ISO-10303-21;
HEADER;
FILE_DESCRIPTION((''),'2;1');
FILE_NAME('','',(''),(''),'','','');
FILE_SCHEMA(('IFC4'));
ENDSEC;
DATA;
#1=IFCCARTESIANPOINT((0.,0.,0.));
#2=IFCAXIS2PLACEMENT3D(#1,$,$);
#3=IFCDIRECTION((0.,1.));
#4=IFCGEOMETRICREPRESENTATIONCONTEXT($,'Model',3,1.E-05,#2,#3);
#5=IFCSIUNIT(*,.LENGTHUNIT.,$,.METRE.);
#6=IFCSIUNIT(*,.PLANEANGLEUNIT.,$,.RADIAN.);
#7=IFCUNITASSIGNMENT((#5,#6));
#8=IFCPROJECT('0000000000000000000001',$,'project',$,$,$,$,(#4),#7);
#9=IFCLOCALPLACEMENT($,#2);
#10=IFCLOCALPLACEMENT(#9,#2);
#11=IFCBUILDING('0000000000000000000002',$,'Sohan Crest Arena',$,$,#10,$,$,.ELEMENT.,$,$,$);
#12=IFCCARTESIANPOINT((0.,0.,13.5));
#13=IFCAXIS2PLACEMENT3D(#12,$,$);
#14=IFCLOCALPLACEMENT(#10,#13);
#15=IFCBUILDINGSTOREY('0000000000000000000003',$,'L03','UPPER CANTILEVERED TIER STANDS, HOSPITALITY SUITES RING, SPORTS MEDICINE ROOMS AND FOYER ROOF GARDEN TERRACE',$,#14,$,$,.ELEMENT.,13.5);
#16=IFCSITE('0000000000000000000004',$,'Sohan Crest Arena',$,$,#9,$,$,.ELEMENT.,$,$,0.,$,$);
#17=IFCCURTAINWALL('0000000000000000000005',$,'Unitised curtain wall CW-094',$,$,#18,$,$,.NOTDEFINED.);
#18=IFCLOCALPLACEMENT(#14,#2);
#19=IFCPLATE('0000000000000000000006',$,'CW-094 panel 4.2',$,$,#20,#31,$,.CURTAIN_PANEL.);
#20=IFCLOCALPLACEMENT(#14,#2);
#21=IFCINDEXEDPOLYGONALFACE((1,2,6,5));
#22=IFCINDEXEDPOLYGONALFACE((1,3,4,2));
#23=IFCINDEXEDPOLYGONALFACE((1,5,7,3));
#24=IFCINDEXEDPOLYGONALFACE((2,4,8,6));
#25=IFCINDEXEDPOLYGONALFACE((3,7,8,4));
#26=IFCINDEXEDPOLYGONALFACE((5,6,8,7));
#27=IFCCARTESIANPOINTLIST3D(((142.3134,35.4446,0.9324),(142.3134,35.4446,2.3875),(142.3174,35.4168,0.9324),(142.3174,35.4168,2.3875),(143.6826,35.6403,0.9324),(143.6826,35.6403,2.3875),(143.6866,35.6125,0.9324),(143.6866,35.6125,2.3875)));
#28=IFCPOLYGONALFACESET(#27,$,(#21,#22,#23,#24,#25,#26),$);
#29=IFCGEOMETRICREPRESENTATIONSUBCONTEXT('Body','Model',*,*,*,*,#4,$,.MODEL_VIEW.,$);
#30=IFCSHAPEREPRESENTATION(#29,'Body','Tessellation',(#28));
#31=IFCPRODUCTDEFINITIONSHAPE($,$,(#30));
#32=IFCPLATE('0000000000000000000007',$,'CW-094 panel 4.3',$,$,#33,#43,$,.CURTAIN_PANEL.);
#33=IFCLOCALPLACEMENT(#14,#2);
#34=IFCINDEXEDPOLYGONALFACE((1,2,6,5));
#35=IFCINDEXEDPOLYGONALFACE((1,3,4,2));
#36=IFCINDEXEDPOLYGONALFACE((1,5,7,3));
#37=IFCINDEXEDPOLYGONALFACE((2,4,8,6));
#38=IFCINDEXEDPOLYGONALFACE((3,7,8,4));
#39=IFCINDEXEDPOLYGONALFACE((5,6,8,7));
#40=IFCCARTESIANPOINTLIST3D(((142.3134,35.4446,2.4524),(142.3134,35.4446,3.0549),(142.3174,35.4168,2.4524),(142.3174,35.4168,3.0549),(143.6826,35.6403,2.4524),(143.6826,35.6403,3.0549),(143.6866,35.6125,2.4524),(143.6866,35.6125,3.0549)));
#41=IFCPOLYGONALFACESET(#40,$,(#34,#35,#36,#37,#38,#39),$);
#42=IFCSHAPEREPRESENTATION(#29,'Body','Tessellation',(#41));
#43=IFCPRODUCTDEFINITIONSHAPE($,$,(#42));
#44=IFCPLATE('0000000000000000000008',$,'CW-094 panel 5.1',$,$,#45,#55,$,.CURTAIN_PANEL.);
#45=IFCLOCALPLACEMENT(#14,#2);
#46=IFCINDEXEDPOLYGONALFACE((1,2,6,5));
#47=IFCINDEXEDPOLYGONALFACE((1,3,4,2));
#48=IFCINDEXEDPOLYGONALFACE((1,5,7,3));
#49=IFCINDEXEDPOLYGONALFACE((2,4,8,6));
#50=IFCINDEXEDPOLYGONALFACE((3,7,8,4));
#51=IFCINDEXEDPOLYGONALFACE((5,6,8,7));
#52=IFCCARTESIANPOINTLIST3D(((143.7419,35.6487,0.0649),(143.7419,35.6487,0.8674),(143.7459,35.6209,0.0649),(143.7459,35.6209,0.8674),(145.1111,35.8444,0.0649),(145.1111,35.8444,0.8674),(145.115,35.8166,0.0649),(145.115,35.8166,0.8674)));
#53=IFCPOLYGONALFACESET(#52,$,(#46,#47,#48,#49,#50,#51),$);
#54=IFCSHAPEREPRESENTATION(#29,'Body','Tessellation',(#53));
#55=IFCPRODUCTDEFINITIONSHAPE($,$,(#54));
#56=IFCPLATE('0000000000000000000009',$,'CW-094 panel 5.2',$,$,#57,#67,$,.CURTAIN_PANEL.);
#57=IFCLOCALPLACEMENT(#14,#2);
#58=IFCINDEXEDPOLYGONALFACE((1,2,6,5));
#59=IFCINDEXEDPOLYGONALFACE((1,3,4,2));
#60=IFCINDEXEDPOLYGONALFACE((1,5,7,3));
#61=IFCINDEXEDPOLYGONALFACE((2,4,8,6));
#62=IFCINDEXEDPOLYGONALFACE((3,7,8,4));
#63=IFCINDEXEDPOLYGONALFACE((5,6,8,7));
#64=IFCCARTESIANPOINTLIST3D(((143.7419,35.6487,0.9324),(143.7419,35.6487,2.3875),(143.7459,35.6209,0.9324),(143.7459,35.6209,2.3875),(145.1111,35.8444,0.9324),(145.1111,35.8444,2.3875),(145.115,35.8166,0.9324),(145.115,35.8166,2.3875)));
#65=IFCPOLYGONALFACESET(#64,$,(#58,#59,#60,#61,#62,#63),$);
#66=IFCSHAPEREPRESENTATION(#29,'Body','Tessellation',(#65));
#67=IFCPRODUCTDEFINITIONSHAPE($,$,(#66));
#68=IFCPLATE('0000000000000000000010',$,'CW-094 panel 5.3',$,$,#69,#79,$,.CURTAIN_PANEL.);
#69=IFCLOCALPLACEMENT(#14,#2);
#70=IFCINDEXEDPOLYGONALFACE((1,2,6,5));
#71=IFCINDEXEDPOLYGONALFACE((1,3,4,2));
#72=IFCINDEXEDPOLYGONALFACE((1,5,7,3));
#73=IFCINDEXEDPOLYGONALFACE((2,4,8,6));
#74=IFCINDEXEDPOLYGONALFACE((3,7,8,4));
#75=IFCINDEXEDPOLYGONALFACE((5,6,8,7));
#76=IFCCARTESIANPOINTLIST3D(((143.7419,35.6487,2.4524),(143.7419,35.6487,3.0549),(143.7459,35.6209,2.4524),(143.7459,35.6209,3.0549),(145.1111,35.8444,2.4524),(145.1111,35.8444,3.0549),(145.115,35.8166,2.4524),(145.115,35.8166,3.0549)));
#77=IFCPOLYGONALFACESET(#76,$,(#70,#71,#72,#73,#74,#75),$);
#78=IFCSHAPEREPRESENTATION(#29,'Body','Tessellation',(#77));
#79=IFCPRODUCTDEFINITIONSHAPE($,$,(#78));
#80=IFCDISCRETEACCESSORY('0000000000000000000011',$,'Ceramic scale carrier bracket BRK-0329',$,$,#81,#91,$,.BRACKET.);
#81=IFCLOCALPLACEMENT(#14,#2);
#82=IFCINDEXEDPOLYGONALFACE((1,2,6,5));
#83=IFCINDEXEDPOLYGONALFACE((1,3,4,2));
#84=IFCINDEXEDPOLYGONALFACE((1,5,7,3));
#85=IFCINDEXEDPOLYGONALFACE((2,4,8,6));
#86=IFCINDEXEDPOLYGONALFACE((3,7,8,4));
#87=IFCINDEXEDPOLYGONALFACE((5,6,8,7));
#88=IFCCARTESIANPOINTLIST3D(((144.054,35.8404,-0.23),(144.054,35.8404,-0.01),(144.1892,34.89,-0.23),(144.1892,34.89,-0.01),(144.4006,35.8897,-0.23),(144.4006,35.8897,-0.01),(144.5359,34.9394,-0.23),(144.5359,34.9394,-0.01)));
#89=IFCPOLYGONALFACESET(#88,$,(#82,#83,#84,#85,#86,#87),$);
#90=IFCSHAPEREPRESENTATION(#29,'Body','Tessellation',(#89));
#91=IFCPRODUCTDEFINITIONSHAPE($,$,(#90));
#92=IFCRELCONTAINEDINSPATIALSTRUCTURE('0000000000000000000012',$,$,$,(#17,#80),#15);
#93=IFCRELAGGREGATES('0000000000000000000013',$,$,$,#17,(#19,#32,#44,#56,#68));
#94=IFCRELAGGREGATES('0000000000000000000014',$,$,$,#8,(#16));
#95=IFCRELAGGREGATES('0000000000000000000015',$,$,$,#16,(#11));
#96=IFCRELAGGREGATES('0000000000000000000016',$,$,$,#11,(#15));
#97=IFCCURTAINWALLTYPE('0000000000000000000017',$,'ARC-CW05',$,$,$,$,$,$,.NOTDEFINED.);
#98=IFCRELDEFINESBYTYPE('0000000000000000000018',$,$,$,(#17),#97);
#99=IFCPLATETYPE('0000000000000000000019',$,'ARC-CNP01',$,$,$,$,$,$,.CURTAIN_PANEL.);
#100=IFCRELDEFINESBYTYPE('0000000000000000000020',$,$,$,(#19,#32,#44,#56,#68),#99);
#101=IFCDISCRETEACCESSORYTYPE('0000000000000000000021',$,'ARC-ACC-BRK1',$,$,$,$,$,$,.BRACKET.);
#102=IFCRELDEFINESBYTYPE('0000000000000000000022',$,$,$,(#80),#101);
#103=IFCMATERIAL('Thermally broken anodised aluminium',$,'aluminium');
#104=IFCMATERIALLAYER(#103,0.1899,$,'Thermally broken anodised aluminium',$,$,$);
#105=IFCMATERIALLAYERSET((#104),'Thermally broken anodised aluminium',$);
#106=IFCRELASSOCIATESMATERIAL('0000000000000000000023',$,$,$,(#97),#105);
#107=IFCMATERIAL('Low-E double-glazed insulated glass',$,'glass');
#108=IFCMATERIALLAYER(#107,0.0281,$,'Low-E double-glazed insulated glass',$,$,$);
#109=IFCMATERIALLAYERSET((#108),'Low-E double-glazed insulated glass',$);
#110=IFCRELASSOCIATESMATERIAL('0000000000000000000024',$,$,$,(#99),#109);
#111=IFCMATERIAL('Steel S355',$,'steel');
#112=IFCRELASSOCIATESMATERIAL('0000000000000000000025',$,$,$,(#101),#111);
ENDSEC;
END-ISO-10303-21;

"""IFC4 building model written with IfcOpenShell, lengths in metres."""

from ifc_helpers import new_model, si_unit, direction, frame, origin, origin_2d, place, context, subcontext, project, spatial, rectangle, extrude, material, layer, layer_set, type_object, element, aggregate, save


model = new_model("IFC4")

# Units and contexts
model_context = context("Model", 3, precision=1e-05, world=origin(), true_north=direction((0.0, 1.0)))
body_context = subcontext(model_context, "Body", "Model", "MODEL_VIEW")
ifc_project = project(units=[si_unit("LENGTHUNIT", "METRE"), si_unit("PLANEANGLEUNIT", "RADIAN")], contexts=[model_context])

# Site, building, storey
site_placement = place(None, origin())
site = spatial("IfcSite", under=ifc_project, at=site_placement, Name="Sohan Crest Arena", CompositionType="ELEMENT", RefElevation=0.0)
building_placement = place(site_placement, origin())
building = spatial("IfcBuilding", under=site, at=building_placement, Name="Sohan Crest Arena", CompositionType="ELEMENT")
storey_placement = place(building_placement, frame((0.0, 0.0, 13.5)))
storey = spatial("IfcBuildingStorey", under=building, at=storey_placement, Name="L03", Description="UPPER CANTILEVERED TIER STANDS, HOSPITALITY SUITES RING, SPORTS MEDICINE ROOMS AND FOYER ROOF GARDEN TERRACE", CompositionType="ELEMENT", Elevation=13.5)

# Shared definitions
ifc_material_1 = material(Name="Steel S355", Category="steel")

# Curtain wall
ifc_material_2 = material(Name="Thermally broken anodised aluminium", Category="aluminium")
ifc_layer_1 = layer(ifc_material_2, 0.1899, Name="Thermally broken anodised aluminium")
ifc_layer_set_1 = layer_set([ifc_layer_1], Name="Thermally broken anodised aluminium")
curtain_wall_type = type_object("IfcCurtainWallType", Name="ARC-CW05", PredefinedType="NOTDEFINED", material=ifc_layer_set_1)
curtain_wall_placement = place(storey_placement, origin())
curtain_wall = element("IfcCurtainWall", 1, at=curtain_wall_placement, inside=storey, type_object=curtain_wall_type, Name="Unitised curtain wall CW-094", PredefinedType="NOTDEFINED")

# Plates
ifc_material_3 = material(Name="Low-E double-glazed insulated glass", Category="glass")
ifc_layer_2 = layer(ifc_material_3, 0.0281, Name="Low-E double-glazed insulated glass")
ifc_layer_set_2 = layer_set([ifc_layer_2], Name="Low-E double-glazed insulated glass")
plate_type = type_object("IfcPlateType", Name="ARC-CNP01", PredefinedType="CURTAIN_PANEL", material=ifc_layer_set_2)
plate_1_placement = place(storey_placement, frame((143.0, 35.5286, 0.9324), z_axis=(0.0, 0.0, 1.0), x_axis=(0.989944, 0.141463, 0.0)))
plate_1 = element("IfcPlate", 2, at=plate_1_placement, type_object=plate_type, Name="CW-094 panel 4.2", PredefinedType="CURTAIN_PANEL", context=body_context, shape_type="SweptSolid", body=[
    extrude(rectangle(XDim=1.3831, YDim=0.0281, at=origin_2d()), origin(), (0.0, 0.0, 1.0), 1.4551),
])
plate_2_placement = place(storey_placement, frame((143.0, 35.5286, 2.4524), z_axis=(0.0, 0.0, 1.0), x_axis=(0.989944, 0.141463, 0.0)))
plate_2 = element("IfcPlate", 3, at=plate_2_placement, type_object=plate_type, Name="CW-094 panel 4.3", PredefinedType="CURTAIN_PANEL", context=body_context, shape_type="SweptSolid", body=[
    extrude(rectangle(XDim=1.3831, YDim=0.0281, at=origin_2d()), origin(), (0.0, 0.0, 1.0), 0.6025),
])
plate_3_placement = place(storey_placement, frame((144.4285, 35.7327, 0.0649), z_axis=(0.0, 0.0, 1.0), x_axis=(0.989944, 0.141463, 0.0)))
plate_3 = element("IfcPlate", 4, at=plate_3_placement, type_object=plate_type, Name="CW-094 panel 5.1", PredefinedType="CURTAIN_PANEL", context=body_context, shape_type="SweptSolid", body=[
    extrude(rectangle(XDim=1.3831, YDim=0.0281, at=origin_2d()), origin(), (0.0, 0.0, 1.0), 0.8025),
])
plate_4_placement = place(storey_placement, frame((144.4285, 35.7327, 0.9324), z_axis=(0.0, 0.0, 1.0), x_axis=(0.989944, 0.141463, 0.0)))
plate_4 = element("IfcPlate", 5, at=plate_4_placement, type_object=plate_type, Name="CW-094 panel 5.2", PredefinedType="CURTAIN_PANEL", context=body_context, shape_type="SweptSolid", body=[
    extrude(rectangle(XDim=1.3831, YDim=0.0281, at=origin_2d()), origin(), (0.0, 0.0, 1.0), 1.4551),
])
plate_5_placement = place(storey_placement, frame((144.4285, 35.7327, 2.4524), z_axis=(0.0, 0.0, 1.0), x_axis=(0.989944, 0.141463, 0.0)))
plate_5 = element("IfcPlate", 6, at=plate_5_placement, type_object=plate_type, Name="CW-094 panel 5.3", PredefinedType="CURTAIN_PANEL", context=body_context, shape_type="SweptSolid", body=[
    extrude(rectangle(XDim=1.3831, YDim=0.0281, at=origin_2d()), origin(), (0.0, 0.0, 1.0), 0.6025),
])
aggregate(curtain_wall, [plate_1, plate_2, plate_3, plate_4, plate_5])

# Discrete accessory
discrete_accessory_type = type_object("IfcDiscreteAccessoryType", Name="ARC-ACC-BRK1", PredefinedType="BRACKET", material=ifc_material_1)
discrete_accessory_placement = place(storey_placement, frame((144.2949, 35.3899, -0.23), z_axis=(0.0, 0.0, 1.0), x_axis=(0.990024, 0.140901, 0.0)))
element("IfcDiscreteAccessory", 7, at=discrete_accessory_placement, inside=storey, type_object=discrete_accessory_type, Name="Ceramic scale carrier bracket BRK-0329", PredefinedType="BRACKET", context=body_context, shape_type="SweptSolid", body=[
    extrude(rectangle(XDim=0.3501, YDim=0.96, at=origin_2d()), origin(), (0.0, 0.0, 1.0), 0.22),
])

save(model, "model.ifc")
